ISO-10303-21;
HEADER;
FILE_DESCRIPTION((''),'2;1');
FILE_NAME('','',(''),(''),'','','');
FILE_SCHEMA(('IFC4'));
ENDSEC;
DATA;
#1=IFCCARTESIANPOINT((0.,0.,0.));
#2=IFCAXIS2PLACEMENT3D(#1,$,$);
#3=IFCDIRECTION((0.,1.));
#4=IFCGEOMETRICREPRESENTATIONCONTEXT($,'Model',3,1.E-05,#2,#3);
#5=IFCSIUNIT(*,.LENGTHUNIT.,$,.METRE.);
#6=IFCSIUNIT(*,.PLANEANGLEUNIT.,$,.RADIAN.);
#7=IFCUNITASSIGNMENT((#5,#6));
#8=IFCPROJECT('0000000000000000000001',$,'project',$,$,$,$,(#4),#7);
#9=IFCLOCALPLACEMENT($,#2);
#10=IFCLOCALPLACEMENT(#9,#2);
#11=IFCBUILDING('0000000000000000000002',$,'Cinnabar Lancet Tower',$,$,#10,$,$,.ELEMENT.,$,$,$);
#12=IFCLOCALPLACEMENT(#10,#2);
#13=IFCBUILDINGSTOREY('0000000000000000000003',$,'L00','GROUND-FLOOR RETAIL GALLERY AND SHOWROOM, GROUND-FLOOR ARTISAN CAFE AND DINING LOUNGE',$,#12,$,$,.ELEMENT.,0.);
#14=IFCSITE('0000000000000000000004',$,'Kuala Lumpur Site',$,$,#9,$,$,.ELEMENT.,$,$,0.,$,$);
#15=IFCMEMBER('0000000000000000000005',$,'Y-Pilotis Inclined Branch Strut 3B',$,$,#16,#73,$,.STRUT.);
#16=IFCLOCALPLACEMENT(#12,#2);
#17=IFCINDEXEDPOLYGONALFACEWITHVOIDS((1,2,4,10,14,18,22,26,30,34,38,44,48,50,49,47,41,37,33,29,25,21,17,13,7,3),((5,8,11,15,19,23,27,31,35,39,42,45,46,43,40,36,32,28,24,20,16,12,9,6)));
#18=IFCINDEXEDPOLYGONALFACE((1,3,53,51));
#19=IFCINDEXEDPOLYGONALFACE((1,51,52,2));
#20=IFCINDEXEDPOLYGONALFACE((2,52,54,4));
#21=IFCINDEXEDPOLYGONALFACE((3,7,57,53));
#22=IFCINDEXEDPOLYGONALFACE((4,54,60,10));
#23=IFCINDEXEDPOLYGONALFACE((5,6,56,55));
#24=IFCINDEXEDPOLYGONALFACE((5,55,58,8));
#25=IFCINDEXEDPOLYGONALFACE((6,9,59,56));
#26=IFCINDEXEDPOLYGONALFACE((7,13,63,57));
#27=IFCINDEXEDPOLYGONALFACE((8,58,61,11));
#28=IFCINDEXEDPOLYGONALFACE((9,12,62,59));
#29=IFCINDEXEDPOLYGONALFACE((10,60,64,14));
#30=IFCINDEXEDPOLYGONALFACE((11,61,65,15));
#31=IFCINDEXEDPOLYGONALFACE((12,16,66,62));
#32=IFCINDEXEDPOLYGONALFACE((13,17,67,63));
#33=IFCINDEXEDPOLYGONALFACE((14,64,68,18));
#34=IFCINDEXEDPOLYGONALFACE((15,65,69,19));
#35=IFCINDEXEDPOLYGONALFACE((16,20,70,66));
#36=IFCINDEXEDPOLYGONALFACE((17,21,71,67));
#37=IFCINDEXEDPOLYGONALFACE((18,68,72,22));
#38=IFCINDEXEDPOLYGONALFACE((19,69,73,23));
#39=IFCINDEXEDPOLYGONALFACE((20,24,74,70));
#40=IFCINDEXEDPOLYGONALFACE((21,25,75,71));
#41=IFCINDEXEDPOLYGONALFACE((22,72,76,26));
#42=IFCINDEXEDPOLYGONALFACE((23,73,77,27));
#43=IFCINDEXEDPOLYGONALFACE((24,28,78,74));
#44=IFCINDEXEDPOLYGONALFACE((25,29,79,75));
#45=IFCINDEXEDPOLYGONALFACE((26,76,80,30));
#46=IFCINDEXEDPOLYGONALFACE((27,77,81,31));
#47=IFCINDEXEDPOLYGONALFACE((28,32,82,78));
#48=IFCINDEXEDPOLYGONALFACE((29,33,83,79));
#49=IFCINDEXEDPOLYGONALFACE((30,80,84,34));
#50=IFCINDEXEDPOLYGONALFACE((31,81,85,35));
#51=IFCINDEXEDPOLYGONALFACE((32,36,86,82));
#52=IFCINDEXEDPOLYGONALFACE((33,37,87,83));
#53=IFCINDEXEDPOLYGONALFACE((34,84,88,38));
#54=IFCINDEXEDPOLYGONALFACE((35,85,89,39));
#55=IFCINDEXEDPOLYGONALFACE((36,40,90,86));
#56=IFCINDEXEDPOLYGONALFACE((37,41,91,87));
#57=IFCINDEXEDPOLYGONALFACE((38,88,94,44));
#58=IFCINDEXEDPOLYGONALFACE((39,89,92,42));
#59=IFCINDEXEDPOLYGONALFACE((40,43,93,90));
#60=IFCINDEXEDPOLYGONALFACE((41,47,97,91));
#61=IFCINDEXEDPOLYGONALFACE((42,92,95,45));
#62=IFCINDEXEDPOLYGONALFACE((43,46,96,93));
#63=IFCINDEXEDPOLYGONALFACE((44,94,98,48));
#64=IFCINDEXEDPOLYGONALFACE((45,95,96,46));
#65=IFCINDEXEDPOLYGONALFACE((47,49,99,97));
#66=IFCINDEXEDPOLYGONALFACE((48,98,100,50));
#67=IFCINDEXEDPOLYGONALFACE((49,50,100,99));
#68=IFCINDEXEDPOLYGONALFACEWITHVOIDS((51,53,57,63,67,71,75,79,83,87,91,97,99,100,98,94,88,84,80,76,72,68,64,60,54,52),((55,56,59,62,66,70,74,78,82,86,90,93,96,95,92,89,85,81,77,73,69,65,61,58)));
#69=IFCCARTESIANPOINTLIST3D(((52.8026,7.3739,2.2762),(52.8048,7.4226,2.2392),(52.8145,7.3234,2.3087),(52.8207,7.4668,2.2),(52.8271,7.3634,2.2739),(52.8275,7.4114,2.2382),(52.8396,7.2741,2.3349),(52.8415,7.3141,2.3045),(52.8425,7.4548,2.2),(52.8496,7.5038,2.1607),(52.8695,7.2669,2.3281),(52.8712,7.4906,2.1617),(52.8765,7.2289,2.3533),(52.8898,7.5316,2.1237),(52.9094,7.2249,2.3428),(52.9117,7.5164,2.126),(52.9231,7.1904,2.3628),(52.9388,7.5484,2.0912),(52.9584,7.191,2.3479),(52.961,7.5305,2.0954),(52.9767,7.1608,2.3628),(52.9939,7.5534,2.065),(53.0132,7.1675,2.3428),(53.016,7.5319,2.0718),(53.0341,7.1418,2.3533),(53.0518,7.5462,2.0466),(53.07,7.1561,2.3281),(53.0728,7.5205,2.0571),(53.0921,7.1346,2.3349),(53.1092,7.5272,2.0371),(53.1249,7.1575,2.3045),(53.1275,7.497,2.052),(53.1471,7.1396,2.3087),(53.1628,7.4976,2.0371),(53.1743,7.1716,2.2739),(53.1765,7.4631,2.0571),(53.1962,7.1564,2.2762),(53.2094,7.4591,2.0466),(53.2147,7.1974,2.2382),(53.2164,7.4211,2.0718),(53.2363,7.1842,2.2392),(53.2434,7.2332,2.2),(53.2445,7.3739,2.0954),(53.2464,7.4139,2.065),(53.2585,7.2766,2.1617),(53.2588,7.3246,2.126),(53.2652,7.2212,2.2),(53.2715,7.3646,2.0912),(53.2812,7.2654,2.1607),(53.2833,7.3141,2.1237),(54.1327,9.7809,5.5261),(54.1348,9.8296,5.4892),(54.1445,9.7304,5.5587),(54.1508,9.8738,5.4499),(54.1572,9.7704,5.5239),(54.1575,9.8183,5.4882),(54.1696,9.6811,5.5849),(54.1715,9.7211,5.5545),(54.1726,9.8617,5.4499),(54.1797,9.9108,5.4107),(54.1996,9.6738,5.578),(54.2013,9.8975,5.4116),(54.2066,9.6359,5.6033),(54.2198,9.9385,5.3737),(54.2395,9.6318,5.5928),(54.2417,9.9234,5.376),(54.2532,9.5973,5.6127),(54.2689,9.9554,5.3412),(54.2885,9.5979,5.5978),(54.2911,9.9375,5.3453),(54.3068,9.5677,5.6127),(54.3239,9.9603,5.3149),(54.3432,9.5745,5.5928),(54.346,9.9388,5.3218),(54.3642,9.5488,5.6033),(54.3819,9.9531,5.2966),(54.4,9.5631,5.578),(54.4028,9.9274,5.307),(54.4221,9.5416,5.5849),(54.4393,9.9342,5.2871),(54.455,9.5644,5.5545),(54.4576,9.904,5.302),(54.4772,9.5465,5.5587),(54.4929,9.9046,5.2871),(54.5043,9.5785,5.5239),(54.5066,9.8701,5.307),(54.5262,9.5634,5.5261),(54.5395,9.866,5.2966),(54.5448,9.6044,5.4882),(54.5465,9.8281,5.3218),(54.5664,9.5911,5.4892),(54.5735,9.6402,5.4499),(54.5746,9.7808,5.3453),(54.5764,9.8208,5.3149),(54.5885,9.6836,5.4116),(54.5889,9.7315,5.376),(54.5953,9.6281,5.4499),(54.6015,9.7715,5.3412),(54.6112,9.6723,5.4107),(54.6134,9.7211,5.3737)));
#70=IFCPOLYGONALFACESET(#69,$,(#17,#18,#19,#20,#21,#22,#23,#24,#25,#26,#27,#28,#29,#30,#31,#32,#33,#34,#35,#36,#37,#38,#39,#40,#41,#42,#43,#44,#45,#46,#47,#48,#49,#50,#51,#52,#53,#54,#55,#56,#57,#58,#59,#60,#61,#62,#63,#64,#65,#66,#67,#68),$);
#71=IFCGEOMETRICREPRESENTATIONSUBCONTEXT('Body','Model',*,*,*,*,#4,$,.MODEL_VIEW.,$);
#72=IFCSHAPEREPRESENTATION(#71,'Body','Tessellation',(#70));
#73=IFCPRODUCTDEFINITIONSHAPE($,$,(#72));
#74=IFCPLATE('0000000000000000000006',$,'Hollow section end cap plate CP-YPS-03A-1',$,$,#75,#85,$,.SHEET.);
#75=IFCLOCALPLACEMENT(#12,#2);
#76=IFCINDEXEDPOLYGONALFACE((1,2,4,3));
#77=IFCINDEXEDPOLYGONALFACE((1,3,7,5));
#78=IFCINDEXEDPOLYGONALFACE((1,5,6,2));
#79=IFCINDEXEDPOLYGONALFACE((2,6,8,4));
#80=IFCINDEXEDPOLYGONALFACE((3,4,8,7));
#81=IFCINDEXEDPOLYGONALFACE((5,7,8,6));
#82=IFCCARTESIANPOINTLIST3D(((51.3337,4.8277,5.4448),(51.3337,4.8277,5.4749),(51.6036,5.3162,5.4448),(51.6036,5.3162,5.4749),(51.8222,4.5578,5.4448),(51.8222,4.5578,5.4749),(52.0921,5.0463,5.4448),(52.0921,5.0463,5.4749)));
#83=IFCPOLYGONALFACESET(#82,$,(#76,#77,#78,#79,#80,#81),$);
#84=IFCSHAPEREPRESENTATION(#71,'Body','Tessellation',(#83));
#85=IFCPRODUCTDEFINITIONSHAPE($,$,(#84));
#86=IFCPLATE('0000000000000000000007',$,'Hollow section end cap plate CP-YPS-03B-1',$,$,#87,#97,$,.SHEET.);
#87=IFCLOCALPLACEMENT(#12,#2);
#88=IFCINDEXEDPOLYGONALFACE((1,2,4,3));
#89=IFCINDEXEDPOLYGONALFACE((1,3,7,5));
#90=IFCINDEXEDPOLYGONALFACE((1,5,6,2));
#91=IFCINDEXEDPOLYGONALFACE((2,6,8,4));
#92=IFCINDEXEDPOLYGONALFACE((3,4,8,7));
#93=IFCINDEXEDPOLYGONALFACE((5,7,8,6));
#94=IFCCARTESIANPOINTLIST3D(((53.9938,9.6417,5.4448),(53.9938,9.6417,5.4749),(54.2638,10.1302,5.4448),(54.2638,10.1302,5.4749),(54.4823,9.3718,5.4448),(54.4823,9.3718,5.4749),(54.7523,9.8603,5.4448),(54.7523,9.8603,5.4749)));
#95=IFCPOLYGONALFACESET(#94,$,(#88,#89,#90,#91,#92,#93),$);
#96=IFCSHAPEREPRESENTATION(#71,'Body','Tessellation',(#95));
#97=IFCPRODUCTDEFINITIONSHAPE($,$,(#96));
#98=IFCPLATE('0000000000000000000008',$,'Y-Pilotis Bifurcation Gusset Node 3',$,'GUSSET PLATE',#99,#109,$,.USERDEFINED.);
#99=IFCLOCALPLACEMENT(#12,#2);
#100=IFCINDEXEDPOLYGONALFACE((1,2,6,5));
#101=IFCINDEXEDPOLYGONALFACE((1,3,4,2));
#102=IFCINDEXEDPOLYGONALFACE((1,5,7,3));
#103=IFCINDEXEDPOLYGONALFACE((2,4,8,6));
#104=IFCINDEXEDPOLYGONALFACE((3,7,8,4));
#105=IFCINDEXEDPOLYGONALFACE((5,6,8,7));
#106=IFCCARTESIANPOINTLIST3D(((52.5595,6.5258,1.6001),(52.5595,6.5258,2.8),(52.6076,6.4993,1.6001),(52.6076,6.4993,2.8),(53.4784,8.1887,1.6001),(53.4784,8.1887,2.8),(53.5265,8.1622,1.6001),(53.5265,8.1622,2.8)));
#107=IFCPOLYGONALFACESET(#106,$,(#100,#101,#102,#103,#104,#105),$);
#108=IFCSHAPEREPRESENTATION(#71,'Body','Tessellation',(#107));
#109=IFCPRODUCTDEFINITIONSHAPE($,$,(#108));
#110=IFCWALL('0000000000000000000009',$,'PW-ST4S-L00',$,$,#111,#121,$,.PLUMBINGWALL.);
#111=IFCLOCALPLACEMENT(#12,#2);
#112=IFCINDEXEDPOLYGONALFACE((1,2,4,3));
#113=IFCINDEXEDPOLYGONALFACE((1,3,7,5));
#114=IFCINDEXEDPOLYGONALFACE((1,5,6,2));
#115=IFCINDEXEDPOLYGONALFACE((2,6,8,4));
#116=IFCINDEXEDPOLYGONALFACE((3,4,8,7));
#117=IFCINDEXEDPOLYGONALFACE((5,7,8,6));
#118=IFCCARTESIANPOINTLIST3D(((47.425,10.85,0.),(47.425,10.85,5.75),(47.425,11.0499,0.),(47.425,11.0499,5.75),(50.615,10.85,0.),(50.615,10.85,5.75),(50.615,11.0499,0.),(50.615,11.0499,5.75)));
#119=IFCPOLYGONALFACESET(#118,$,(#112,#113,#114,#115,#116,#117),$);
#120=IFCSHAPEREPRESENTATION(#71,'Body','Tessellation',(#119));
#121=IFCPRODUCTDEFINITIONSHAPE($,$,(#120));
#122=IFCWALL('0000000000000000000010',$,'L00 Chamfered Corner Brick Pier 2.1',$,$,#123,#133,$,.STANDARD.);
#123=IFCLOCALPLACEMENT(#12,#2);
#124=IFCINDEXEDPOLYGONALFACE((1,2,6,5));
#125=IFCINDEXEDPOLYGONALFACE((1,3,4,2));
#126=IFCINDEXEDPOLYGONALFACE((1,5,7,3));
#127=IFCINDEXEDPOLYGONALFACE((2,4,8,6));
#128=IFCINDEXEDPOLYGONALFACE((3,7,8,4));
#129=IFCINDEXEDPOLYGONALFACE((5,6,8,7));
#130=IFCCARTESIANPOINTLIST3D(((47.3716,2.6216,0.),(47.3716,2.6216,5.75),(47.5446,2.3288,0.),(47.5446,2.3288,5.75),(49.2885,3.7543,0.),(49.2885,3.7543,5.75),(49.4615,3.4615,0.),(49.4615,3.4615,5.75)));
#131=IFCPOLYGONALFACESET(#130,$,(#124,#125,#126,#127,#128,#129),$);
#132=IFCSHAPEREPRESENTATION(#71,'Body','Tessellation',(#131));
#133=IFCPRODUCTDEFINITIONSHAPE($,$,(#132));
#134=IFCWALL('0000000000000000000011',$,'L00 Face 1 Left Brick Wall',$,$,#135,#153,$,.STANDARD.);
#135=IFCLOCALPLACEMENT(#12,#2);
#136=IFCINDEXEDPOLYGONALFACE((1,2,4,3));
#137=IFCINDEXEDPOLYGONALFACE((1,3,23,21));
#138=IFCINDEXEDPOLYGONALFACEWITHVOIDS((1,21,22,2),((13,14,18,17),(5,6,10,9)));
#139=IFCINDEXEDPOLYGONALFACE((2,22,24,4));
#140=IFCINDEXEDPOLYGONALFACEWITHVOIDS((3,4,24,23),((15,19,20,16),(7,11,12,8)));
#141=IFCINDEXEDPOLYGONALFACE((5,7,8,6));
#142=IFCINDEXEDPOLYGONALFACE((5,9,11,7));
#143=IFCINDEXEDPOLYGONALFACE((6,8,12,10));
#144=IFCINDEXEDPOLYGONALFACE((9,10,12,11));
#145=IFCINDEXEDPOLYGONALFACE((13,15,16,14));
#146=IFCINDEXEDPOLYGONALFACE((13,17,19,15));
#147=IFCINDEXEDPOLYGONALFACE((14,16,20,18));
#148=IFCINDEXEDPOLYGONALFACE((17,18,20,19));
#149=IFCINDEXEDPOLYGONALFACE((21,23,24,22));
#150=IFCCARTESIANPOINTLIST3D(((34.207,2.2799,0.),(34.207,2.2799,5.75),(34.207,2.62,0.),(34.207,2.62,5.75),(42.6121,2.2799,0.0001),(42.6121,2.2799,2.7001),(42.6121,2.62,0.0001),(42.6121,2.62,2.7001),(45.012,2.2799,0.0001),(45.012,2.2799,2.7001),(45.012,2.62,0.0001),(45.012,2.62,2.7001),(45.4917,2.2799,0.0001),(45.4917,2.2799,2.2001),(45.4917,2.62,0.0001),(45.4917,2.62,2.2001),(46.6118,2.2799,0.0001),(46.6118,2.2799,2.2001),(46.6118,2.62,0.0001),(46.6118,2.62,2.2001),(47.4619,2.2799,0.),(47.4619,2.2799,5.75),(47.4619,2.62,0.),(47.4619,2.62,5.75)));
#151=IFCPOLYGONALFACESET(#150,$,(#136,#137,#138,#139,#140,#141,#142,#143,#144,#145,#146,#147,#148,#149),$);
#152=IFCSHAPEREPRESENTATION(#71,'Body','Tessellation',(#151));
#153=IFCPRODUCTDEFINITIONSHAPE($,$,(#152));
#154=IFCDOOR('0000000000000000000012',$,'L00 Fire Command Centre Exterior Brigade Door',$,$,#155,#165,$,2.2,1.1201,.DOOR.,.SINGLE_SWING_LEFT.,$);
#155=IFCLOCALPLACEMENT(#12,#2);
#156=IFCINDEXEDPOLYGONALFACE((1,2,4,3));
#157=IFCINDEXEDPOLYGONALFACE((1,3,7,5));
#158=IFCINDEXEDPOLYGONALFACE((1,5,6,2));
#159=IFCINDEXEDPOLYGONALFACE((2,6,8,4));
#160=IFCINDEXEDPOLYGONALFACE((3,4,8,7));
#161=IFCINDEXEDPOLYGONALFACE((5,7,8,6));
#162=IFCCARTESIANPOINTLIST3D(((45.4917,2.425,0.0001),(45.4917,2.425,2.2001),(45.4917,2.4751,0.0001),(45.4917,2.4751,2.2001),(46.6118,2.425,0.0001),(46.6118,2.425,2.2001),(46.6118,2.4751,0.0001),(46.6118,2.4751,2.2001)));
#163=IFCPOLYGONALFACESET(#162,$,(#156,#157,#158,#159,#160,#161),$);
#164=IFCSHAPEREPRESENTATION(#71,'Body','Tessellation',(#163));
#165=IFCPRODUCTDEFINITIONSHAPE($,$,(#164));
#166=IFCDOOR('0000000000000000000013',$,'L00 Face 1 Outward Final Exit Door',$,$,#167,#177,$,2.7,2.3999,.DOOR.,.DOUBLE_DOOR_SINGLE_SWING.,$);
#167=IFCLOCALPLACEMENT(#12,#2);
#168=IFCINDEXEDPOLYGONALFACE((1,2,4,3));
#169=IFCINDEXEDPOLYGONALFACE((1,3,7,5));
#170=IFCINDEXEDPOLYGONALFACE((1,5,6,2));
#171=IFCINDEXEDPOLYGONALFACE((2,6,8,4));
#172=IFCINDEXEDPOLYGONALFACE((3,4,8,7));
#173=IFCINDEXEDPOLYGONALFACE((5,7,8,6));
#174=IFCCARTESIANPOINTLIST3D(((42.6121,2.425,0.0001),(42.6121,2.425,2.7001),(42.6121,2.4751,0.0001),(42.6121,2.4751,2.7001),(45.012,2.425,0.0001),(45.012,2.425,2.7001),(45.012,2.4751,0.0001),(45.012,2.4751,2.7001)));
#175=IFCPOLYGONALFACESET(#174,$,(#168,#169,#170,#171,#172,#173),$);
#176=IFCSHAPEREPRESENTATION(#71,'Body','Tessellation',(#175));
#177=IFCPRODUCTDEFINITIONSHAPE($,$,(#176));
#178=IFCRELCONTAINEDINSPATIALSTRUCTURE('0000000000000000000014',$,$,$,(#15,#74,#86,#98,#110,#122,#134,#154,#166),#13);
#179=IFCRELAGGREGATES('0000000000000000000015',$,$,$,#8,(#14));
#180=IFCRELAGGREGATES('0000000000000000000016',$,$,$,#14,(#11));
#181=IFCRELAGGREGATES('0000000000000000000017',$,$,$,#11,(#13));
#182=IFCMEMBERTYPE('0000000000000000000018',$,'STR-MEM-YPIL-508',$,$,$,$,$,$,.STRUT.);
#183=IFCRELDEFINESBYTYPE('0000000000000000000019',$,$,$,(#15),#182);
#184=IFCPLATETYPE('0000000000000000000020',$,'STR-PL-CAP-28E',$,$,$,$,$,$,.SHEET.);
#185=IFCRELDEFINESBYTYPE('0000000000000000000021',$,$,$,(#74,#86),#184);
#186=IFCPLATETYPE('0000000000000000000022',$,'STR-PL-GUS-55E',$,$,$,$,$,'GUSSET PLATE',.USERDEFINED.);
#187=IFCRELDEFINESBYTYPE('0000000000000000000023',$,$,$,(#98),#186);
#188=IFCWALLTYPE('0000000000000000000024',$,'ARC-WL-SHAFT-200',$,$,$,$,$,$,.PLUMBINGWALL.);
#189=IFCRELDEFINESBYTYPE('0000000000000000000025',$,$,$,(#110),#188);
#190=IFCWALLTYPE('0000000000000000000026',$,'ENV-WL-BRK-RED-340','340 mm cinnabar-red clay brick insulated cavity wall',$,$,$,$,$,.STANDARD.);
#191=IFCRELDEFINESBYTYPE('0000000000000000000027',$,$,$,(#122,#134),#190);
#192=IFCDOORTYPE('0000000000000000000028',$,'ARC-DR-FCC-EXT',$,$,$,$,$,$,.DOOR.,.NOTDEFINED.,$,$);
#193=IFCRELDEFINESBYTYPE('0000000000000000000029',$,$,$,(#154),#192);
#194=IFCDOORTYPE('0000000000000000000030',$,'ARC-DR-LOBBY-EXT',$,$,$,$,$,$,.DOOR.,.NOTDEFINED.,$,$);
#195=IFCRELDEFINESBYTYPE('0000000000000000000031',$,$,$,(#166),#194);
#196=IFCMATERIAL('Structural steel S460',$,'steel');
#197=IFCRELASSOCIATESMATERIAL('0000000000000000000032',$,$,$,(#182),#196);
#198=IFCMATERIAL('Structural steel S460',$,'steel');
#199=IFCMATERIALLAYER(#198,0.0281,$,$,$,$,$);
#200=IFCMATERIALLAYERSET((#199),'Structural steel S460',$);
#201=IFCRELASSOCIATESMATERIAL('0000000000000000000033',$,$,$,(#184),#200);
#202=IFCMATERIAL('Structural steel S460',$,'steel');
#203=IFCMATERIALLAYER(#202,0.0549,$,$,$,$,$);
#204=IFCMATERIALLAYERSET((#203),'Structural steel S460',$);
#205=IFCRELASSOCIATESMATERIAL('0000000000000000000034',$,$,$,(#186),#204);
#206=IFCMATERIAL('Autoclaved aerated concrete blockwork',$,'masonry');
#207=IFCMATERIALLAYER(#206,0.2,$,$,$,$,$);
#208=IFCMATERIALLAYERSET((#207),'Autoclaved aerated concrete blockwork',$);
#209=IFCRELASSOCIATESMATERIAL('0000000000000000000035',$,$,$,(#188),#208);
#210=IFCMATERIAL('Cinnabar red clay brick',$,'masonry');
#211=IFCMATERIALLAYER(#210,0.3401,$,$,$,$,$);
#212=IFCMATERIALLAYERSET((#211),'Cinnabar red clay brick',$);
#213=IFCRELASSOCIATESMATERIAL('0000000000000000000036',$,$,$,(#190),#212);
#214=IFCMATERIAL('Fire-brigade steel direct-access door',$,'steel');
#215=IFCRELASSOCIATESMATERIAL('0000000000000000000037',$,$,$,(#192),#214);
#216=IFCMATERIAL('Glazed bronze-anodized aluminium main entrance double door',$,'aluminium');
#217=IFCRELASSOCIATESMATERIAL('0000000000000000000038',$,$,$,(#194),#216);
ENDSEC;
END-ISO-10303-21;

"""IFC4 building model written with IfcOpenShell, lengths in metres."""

from ifc_helpers import new_model, si_unit, direction, frame, frame_2d, origin, origin_2d, place, context, subcontext, project, spatial, rectangle, hollow_circle, extrude, material, layer, layer_set, material_profile, profile_set, type_object, element, fill, save


model = new_model("IFC4")

# Units and contexts
model_context = context("Model", 3, precision=1e-05, world=origin(), true_north=direction((0.0, 1.0)))
body_context = subcontext(model_context, "Body", "Model", "MODEL_VIEW")
ifc_project = project(units=[si_unit("LENGTHUNIT", "METRE"), si_unit("PLANEANGLEUNIT", "RADIAN")], contexts=[model_context])

# Site, building, storey
site_placement = place(None, origin())
site = spatial("IfcSite", under=ifc_project, at=site_placement, Name="Kuala Lumpur Site", CompositionType="ELEMENT", RefElevation=0.0)
building_placement = place(site_placement, origin())
building = spatial("IfcBuilding", under=site, at=building_placement, Name="Cinnabar Lancet Tower", CompositionType="ELEMENT")
storey_placement = place(building_placement, origin())
storey = spatial("IfcBuildingStorey", under=building, at=storey_placement, Name="L00", Description="GROUND-FLOOR RETAIL GALLERY AND SHOWROOM, GROUND-FLOOR ARTISAN CAFE AND DINING LOUNGE", CompositionType="ELEMENT", Elevation=0.0)

# Member
ifc_material_1 = material(Name="Structural steel S460", Category="steel")
ifc_material_profile_1 = material_profile(ifc_material_1, hollow_circle(Radius=0.2539, WallThickness=0.0249, at=origin_2d()), Name="CHS 508x25")
ifc_profile_set_1 = profile_set([ifc_material_profile_1], Name="Structural steel S460")
member_type_1 = type_object("IfcMemberType", Name="STR-MEM-YPIL-508", PredefinedType="STRUT", material=ifc_profile_set_1)
for number, where, z_axis, x_axis, name in (
    (1, (53.043, 7.344, 2.2), (0.312418, 0.565369, 0.763383), (-0.875256, 0.483659, 0.0), "Y-Pilotis Inclined Branch Strut 3B"),
):
    element("IfcMember", number, at=place(storey_placement, frame(where, z_axis=z_axis, x_axis=x_axis)), inside=storey, type_object=member_type_1, Name=name, PredefinedType="STRUT", context=body_context, shape_type="SweptSolid", body=[
        extrude(hollow_circle(Radius=0.2539, WallThickness=0.0249, at=origin_2d()), origin(), (0.0, 0.0, 1.0), 4.2573),
    ])

# Plates
ifc_material_2 = material(Name="Structural steel S460", Category="steel")
ifc_layer_1 = layer(ifc_material_2, 0.0281)
ifc_layer_set_1 = layer_set([ifc_layer_1], Name="Structural steel S460")
plate_type_1 = type_object("IfcPlateType", Name="STR-PL-CAP-28E", PredefinedType="SHEET", material=ifc_layer_set_1)
for number, where, z_axis, x_axis, name in (
    (2, (51.7129, 4.937, 5.4448), (0.0, 0.0, 1.0), (-0.483634, -0.87527, 0.0), "Hollow section end cap plate CP-YPS-03A-1"),
    (3, (54.373, 9.751, 5.4448), (0.0, 0.0, 1.0), (0.483634, 0.87527, 0.0), "Hollow section end cap plate CP-YPS-03B-1"),
):
    element("IfcPlate", number, at=place(storey_placement, frame(where, z_axis=z_axis, x_axis=x_axis)), inside=storey, type_object=plate_type_1, Name=name, PredefinedType="SHEET", context=body_context, shape_type="SweptSolid", body=[
        extrude(rectangle(XDim=0.5581, YDim=0.5581, at=origin_2d()), origin(), (0.0, 0.0, 1.0), 0.03),
    ])
ifc_material_3 = material(Name="Structural steel S460", Category="steel")
ifc_layer_2 = layer(ifc_material_3, 0.0549)
ifc_layer_set_2 = layer_set([ifc_layer_2], Name="Structural steel S460")
plate_type_2 = type_object("IfcPlateType", Name="STR-PL-GUS-55E", ElementType="GUSSET PLATE", PredefinedType="USERDEFINED", material=ifc_layer_set_2)
plate_placement = place(storey_placement, frame((53.043, 7.344, 1.6001), z_axis=(0.0, 0.0, 1.0), x_axis=(0.483664, 0.875254, 0.0)))
element("IfcPlate", 4, at=plate_placement, inside=storey, type_object=plate_type_2, Name="Y-Pilotis Bifurcation Gusset Node 3", ObjectType="GUSSET PLATE", PredefinedType="USERDEFINED", context=body_context, shape_type="SweptSolid", body=[
    extrude(rectangle(XDim=1.8999, YDim=0.0549, at=origin_2d()), origin(), (0.0, 0.0, 1.0), 1.2),
])

# Walls
ifc_material_4 = material(Name="Autoclaved aerated concrete blockwork", Category="masonry")
ifc_layer_3 = layer(ifc_material_4, 0.2)
ifc_layer_set_3 = layer_set([ifc_layer_3], Name="Autoclaved aerated concrete blockwork")
wall_type_1 = type_object("IfcWallType", Name="ARC-WL-SHAFT-200", PredefinedType="PLUMBINGWALL", material=ifc_layer_set_3)
wall_1_placement = place(storey_placement, frame((47.425, 10.95, 0.0), z_axis=(0.0, 0.0, 1.0), x_axis=(1.0, 0.0, 0.0)))
element("IfcWall", 5, at=wall_1_placement, inside=storey, type_object=wall_type_1, Name="PW-ST4S-L00", PredefinedType="PLUMBINGWALL", context=body_context, shape_type="SweptSolid", body=[
    extrude(rectangle(XDim=3.1899, YDim=0.2, at=frame_2d((1.595, 0.0))), origin(), (0.0, 0.0, 1.0), 5.75),
])
ifc_material_5 = material(Name="Cinnabar red clay brick", Category="masonry")
ifc_layer_4 = layer(ifc_material_5, 0.3401)
ifc_layer_set_4 = layer_set([ifc_layer_4], Name="Cinnabar red clay brick")
wall_type_2 = type_object("IfcWallType", Name="ENV-WL-BRK-RED-340", Description="340 mm cinnabar-red clay brick insulated cavity wall", PredefinedType="STANDARD", material=ifc_layer_set_4)
wall_2_placement = place(storey_placement, frame((49.375, 3.6079, 0.0), z_axis=(0.0, 0.0, 1.0), x_axis=(-0.860918, -0.508744, 0.0)))
element("IfcWall", 6, at=wall_2_placement, inside=storey, type_object=wall_type_2, Name="L00 Chamfered Corner Brick Pier 2.1", PredefinedType="STANDARD", context=body_context, shape_type="SweptSolid", body=[
    extrude(rectangle(XDim=2.2266, YDim=0.3401, at=frame_2d((1.1133, 0.0))), origin(), (0.0, 0.0, 1.0), 5.75),
])

# Wall, openings, doors
wall_3_placement = place(storey_placement, frame((47.4619, 2.45, 0.0), z_axis=(0.0, 0.0, 1.0), x_axis=(-1.0, 0.0, 0.0)))
wall_3 = element("IfcWall", 7, at=wall_3_placement, inside=storey, type_object=wall_type_2, Name="L00 Face 1 Left Brick Wall", PredefinedType="STANDARD", context=body_context, shape_type="SweptSolid", body=[
    extrude(rectangle(XDim=13.2549, YDim=0.3401, at=frame_2d((6.6274, 0.0))), origin(), (0.0, 0.0, 1.0), 5.75),
])
opening_1_placement = place(wall_3_placement, frame((2.45, 0.0, 0.0)))
opening_1 = element("IfcOpeningElement", 8, at=opening_1_placement, cuts=wall_3, PredefinedType="OPENING", context=body_context, shape_type="SweptSolid", body=[
    extrude(rectangle(XDim=2.3999, YDim=2.7, at=frame_2d((1.2, 1.3501))), frame((0.0, 0.1799, 0.0), z_axis=(0.0, -1.0, 0.0), x_axis=(1.0, 0.0, 0.0)), (0.0, 0.0, 1.0), 0.3601),
])
opening_2_placement = place(wall_3_placement, frame((0.8501, 0.0, 0.0)))
opening_2 = element("IfcOpeningElement", 9, at=opening_2_placement, cuts=wall_3, PredefinedType="OPENING", context=body_context, shape_type="SweptSolid", body=[
    extrude(rectangle(XDim=1.1201, YDim=2.2, at=frame_2d((0.5601, 1.1001))), frame((0.0, 0.1799, 0.0), z_axis=(0.0, -1.0, 0.0), x_axis=(1.0, 0.0, 0.0)), (0.0, 0.0, 1.0), 0.3601),
])
ifc_material_6 = material(Name="Fire-brigade steel direct-access door", Category="steel")
door_type_1 = type_object("IfcDoorType", Name="ARC-DR-FCC-EXT", OperationType="NOTDEFINED", PredefinedType="DOOR", material=ifc_material_6)
door_1_placement = place(opening_2_placement, origin())
door_1 = element("IfcDoor", 10, at=door_1_placement, inside=storey, type_object=door_type_1, Name="L00 Fire Command Centre Exterior Brigade Door", OperationType="SINGLE_SWING_LEFT", OverallHeight=2.2, OverallWidth=1.1201, PredefinedType="DOOR", context=body_context, shape_type="SweptSolid", body=[
    extrude(rectangle(XDim=1.1201, YDim=2.2, at=frame_2d((0.5601, 1.1001))), frame((0.0, 0.0249, 0.0), z_axis=(0.0, -1.0, 0.0), x_axis=(1.0, 0.0, 0.0)), (0.0, 0.0, 1.0), 0.05),
])
fill(opening_2, door_1)
ifc_material_7 = material(Name="Glazed bronze-anodized aluminium main entrance double door", Category="aluminium")
door_type_2 = type_object("IfcDoorType", Name="ARC-DR-LOBBY-EXT", OperationType="NOTDEFINED", PredefinedType="DOOR", material=ifc_material_7)
door_2_placement = place(opening_1_placement, origin())
door_2 = element("IfcDoor", 11, at=door_2_placement, inside=storey, type_object=door_type_2, Name="L00 Face 1 Outward Final Exit Door", OperationType="DOUBLE_DOOR_SINGLE_SWING", OverallHeight=2.7, OverallWidth=2.3999, PredefinedType="DOOR", context=body_context, shape_type="SweptSolid", body=[
    extrude(rectangle(XDim=2.3999, YDim=2.7, at=frame_2d((1.2, 1.3501))), frame((0.0, 0.0249, 0.0), z_axis=(0.0, -1.0, 0.0), x_axis=(1.0, 0.0, 0.0)), (0.0, 0.0, 1.0), 0.05),
])
fill(opening_1, door_2)

save(model, "model.ifc")
